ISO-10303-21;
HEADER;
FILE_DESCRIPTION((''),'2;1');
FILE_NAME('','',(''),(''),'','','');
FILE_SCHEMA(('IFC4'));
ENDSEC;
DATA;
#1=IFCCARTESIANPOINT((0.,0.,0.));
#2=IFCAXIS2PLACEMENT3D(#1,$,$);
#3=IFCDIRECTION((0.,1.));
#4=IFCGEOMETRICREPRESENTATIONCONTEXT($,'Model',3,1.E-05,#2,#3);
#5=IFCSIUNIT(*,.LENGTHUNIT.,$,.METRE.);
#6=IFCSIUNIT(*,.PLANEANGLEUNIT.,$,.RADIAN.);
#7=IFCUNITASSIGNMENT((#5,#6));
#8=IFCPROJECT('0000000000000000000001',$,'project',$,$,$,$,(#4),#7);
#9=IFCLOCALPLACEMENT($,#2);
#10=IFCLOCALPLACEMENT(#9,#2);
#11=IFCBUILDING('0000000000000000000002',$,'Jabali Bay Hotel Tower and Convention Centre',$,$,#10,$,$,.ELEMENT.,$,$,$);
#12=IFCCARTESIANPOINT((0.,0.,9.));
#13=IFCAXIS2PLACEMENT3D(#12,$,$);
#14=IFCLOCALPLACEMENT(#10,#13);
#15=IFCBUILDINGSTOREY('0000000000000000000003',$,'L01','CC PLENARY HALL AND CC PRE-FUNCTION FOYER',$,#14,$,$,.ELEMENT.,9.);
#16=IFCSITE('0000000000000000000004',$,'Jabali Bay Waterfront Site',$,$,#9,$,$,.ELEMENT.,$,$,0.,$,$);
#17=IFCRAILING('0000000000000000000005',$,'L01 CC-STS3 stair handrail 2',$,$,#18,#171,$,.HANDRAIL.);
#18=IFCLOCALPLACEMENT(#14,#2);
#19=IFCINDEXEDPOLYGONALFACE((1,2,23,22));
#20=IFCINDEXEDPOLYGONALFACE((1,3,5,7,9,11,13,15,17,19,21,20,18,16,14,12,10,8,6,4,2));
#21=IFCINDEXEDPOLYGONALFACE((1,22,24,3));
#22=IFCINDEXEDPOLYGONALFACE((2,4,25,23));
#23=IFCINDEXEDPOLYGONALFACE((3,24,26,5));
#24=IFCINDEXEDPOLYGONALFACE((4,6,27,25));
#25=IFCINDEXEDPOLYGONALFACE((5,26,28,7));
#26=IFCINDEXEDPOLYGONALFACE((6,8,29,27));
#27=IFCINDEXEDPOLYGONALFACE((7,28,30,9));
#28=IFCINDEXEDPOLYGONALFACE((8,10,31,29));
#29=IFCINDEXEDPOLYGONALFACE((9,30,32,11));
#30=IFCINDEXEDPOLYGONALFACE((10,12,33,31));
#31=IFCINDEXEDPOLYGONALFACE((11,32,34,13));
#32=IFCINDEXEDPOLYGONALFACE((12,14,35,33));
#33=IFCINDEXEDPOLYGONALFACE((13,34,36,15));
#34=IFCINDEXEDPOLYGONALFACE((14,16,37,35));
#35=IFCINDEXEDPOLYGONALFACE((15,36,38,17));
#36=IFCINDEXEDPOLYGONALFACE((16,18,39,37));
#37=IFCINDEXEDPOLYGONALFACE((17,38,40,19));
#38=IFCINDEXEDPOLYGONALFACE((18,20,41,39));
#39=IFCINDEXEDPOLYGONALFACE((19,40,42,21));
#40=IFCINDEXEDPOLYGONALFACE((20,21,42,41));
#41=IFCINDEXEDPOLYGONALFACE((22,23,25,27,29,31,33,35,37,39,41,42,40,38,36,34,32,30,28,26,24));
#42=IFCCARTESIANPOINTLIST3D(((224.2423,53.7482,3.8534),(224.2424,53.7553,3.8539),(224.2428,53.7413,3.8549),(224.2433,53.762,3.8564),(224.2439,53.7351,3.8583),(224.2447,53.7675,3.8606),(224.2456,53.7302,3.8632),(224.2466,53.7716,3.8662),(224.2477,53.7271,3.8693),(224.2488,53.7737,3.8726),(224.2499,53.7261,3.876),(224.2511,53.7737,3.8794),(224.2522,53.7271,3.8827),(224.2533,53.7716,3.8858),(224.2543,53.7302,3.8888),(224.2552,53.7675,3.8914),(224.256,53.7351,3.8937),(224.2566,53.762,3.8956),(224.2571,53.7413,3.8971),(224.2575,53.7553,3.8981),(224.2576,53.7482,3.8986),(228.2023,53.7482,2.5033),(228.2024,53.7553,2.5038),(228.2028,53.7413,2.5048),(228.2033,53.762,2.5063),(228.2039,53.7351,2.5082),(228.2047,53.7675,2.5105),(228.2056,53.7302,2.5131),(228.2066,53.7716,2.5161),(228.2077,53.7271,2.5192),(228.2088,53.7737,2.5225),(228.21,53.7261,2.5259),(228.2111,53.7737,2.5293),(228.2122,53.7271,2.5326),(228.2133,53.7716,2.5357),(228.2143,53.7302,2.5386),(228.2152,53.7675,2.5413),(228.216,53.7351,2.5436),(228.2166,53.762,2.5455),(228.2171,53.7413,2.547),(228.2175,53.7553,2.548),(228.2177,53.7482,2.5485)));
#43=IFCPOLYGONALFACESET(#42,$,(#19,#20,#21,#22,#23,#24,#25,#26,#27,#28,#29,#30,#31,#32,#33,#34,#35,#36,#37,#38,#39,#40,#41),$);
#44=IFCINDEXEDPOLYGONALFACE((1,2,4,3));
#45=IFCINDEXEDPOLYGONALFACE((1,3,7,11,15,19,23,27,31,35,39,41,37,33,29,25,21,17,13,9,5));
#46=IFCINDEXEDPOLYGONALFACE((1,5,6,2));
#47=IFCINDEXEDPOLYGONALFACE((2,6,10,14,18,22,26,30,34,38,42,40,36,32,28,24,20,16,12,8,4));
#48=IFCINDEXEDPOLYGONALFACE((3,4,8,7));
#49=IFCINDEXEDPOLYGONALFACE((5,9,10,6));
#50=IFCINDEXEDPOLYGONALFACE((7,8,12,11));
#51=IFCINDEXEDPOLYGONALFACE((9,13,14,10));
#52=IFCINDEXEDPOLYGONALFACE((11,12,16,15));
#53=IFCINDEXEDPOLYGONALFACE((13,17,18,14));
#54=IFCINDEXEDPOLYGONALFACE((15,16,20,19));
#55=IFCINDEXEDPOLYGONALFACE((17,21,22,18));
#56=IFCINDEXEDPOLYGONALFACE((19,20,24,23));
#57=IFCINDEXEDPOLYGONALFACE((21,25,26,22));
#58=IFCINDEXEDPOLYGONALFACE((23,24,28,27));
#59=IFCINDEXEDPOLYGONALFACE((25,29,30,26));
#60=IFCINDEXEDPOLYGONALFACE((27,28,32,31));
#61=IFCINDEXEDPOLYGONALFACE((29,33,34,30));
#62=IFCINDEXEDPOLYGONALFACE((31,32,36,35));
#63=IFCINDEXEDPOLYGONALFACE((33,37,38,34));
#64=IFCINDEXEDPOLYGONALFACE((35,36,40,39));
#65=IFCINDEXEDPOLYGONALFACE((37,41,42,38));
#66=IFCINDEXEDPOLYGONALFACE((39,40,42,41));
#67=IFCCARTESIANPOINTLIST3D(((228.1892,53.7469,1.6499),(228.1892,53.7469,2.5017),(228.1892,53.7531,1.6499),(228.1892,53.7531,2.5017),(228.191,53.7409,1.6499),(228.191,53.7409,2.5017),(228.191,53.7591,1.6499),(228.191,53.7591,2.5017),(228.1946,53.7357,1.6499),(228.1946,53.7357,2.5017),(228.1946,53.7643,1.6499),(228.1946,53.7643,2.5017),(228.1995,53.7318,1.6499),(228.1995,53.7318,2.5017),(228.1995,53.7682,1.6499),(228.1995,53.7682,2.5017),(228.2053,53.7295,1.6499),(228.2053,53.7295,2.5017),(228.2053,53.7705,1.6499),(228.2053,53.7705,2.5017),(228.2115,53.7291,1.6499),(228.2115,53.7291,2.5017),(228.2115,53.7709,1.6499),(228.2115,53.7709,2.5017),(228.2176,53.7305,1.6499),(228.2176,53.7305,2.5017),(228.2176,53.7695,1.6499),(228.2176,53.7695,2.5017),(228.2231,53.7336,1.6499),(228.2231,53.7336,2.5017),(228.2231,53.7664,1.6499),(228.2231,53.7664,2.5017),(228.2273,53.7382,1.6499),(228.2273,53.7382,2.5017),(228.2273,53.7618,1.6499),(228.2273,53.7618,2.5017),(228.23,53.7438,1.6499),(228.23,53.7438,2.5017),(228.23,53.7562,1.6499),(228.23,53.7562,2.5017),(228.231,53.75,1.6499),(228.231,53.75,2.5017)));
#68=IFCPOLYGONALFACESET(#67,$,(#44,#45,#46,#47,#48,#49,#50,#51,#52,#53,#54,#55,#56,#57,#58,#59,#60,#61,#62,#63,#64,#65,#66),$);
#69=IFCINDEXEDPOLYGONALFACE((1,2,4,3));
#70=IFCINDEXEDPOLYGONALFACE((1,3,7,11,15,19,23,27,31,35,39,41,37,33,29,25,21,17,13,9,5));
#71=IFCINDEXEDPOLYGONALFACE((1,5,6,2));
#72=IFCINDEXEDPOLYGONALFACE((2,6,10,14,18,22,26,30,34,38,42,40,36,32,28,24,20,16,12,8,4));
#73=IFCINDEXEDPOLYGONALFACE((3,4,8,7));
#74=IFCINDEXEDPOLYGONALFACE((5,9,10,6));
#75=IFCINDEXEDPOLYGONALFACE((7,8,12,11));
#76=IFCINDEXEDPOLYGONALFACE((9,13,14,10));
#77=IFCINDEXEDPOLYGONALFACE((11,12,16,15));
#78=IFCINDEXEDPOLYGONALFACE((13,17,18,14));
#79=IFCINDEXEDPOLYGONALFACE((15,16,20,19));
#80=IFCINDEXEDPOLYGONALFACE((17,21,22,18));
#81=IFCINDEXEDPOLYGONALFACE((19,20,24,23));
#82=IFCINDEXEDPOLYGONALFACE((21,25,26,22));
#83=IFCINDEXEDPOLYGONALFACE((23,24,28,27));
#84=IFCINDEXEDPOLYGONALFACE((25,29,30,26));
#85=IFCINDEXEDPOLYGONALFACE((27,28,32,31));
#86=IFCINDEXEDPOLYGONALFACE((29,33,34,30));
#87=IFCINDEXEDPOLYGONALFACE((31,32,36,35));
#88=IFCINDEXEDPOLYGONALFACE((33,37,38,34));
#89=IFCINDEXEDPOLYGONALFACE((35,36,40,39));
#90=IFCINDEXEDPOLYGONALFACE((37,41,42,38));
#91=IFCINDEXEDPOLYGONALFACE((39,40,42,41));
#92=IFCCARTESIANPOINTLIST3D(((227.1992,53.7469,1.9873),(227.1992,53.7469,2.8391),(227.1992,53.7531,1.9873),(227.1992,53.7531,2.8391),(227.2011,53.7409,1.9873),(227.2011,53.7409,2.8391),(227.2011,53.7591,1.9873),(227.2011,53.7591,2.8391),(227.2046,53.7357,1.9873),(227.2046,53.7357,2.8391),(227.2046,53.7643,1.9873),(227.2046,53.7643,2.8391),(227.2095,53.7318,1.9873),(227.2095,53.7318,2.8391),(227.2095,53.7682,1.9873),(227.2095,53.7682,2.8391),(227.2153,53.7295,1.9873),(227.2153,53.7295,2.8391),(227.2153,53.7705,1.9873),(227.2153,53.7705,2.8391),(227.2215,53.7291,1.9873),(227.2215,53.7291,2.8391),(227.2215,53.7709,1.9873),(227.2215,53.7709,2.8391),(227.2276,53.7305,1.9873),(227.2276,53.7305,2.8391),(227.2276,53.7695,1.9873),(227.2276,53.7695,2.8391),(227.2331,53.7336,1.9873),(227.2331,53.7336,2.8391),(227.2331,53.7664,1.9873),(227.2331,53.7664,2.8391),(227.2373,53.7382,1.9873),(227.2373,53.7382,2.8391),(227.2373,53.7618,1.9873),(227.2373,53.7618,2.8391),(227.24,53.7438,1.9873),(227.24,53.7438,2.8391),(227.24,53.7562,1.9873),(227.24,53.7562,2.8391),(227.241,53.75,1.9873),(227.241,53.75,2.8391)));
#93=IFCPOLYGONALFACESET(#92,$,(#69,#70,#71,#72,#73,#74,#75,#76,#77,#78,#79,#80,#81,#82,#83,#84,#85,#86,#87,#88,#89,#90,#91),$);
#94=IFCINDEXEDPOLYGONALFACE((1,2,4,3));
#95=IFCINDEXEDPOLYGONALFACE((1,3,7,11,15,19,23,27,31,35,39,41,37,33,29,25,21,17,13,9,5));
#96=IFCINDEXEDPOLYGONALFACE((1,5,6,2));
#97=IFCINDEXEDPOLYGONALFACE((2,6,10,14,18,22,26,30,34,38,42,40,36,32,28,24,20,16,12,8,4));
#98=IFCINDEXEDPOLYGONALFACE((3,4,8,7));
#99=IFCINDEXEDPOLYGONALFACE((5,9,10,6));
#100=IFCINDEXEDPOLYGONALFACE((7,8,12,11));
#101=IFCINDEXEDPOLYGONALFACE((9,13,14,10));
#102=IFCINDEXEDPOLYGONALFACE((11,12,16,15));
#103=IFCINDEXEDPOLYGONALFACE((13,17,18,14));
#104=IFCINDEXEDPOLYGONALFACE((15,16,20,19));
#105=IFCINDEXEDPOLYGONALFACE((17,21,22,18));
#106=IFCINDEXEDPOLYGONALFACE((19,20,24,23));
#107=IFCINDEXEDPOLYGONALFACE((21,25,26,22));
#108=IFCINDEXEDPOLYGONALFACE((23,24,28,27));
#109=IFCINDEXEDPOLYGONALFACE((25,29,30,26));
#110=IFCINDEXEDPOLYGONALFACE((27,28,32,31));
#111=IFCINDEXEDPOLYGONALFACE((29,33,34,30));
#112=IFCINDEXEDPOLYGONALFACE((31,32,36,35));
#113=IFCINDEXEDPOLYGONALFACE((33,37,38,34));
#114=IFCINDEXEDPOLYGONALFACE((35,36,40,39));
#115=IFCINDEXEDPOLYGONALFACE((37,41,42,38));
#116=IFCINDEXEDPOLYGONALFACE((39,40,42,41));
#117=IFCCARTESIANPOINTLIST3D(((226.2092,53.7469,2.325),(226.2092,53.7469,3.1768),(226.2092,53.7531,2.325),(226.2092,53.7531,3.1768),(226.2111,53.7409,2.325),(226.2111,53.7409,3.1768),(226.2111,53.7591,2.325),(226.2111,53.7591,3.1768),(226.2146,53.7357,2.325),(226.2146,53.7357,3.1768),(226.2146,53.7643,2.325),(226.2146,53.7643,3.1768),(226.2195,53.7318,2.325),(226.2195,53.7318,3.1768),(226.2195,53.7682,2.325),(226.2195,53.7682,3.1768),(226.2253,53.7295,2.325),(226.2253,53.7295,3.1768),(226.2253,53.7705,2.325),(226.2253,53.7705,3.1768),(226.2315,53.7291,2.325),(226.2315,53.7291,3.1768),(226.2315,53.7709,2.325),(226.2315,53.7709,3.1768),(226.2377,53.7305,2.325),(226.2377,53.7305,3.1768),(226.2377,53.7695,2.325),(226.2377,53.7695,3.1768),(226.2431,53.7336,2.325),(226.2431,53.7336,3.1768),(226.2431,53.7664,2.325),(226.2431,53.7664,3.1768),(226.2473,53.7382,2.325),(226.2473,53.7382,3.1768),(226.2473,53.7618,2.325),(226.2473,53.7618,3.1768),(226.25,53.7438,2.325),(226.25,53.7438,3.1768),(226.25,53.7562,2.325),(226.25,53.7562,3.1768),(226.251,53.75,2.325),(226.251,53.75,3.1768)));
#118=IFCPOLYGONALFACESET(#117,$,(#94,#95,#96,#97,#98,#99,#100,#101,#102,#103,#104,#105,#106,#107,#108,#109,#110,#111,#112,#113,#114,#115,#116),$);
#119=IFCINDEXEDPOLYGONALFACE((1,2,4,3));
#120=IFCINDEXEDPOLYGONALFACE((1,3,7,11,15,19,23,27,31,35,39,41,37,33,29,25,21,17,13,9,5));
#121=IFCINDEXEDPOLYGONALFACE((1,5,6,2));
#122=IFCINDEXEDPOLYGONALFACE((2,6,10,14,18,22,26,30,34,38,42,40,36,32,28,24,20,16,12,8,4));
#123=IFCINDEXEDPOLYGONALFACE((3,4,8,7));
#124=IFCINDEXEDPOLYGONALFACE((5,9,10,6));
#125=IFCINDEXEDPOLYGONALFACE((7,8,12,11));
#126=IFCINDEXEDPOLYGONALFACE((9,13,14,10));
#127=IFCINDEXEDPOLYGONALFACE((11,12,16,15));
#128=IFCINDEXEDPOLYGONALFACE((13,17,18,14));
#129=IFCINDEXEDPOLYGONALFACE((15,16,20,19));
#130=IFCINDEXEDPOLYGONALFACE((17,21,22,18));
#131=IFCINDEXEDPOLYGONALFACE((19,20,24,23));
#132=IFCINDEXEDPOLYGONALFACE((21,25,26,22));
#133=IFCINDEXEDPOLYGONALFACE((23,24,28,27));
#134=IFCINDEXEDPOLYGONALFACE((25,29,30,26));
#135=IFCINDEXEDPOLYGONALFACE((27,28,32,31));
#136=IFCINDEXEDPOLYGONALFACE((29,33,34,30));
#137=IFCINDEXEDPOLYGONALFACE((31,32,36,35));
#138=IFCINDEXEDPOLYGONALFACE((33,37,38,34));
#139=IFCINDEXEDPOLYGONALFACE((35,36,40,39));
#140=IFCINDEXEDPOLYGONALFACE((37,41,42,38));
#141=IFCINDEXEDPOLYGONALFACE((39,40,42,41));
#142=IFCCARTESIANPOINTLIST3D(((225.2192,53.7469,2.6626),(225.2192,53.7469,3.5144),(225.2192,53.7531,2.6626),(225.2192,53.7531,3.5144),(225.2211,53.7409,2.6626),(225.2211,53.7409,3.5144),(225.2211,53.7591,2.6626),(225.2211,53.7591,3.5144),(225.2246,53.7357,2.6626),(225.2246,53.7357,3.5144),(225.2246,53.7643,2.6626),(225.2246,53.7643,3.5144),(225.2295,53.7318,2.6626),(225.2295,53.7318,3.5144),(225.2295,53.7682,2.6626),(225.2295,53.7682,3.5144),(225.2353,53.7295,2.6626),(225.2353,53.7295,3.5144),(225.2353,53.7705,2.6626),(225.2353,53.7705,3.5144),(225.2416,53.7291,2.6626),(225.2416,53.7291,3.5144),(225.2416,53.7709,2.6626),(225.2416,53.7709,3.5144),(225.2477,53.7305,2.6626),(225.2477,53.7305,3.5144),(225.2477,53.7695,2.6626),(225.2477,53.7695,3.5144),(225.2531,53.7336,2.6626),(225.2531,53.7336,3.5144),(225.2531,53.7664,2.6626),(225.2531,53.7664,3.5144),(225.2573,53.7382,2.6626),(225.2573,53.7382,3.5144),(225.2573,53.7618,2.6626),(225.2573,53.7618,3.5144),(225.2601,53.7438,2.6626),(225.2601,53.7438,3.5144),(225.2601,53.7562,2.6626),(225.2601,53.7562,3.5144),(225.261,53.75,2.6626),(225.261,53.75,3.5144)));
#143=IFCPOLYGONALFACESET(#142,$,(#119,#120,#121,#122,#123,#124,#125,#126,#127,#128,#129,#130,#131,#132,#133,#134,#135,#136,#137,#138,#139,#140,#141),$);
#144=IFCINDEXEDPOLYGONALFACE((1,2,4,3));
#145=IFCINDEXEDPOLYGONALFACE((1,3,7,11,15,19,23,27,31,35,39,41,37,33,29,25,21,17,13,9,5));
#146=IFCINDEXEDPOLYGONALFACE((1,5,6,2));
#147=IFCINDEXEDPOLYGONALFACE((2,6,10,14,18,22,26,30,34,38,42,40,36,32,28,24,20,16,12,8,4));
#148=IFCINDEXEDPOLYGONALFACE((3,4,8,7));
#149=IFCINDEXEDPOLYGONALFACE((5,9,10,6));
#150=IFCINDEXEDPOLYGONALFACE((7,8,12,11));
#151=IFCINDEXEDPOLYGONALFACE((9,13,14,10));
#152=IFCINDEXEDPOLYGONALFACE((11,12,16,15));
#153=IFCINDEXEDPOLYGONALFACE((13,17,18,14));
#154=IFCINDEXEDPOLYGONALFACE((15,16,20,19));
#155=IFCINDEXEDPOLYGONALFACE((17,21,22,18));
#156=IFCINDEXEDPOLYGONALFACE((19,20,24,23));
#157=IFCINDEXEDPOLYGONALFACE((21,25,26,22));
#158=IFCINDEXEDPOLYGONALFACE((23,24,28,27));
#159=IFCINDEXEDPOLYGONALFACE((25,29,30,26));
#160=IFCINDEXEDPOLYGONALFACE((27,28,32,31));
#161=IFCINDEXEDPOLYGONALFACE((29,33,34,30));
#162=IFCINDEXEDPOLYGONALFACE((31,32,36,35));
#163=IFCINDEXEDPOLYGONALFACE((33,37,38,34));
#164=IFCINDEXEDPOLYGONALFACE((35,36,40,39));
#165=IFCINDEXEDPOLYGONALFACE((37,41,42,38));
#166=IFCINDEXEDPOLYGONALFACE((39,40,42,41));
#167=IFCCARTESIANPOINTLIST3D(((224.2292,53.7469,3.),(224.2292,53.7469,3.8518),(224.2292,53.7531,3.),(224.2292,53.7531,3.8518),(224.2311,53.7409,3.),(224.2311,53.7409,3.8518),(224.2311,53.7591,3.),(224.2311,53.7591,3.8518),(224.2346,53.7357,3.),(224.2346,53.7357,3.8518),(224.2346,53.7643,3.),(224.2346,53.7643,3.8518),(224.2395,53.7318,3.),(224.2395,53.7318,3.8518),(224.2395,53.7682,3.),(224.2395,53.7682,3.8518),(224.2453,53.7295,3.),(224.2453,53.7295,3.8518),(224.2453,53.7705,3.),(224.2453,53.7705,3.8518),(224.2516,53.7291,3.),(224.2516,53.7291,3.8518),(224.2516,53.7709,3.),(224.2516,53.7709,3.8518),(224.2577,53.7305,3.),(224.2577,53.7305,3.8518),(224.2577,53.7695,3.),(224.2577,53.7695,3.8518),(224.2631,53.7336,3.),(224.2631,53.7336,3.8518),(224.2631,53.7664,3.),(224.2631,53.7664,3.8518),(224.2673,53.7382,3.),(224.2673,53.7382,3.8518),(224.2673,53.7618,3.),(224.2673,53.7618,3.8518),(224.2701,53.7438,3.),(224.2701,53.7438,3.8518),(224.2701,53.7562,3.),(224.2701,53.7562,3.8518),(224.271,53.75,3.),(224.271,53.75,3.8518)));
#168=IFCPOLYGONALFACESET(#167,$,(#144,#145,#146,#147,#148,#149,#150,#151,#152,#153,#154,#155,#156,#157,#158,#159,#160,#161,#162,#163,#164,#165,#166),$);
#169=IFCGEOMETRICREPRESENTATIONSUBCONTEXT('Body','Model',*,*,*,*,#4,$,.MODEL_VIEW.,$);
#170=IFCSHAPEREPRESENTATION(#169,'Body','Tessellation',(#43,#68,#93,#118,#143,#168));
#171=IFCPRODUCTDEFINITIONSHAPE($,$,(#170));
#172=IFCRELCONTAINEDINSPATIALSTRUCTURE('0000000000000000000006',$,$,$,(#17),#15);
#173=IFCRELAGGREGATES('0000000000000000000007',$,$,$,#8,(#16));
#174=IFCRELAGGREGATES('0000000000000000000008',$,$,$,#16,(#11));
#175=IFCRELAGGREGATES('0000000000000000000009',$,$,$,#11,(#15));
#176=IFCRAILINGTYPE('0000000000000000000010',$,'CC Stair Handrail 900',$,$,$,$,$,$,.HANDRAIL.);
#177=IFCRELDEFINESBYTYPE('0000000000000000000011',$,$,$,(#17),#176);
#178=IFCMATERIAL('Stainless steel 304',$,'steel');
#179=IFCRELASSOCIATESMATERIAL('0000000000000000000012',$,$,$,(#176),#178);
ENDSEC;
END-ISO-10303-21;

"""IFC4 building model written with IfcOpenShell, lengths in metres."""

from ifc_helpers import new_model, si_unit, direction, frame, origin, origin_2d, place, context, subcontext, project, spatial, circle, extrude, material, type_object, element, save


model = new_model("IFC4")

# Units and contexts
model_context = context("Model", 3, precision=1e-05, world=origin(), true_north=direction((0.0, 1.0)))
body_context = subcontext(model_context, "Body", "Model", "MODEL_VIEW")
ifc_project = project(units=[si_unit("LENGTHUNIT", "METRE"), si_unit("PLANEANGLEUNIT", "RADIAN")], contexts=[model_context])

# Site, building, storey
site_placement = place(None, origin())
site = spatial("IfcSite", under=ifc_project, at=site_placement, Name="Jabali Bay Waterfront Site", CompositionType="ELEMENT", RefElevation=0.0)
building_placement = place(site_placement, origin())
building = spatial("IfcBuilding", under=site, at=building_placement, Name="Jabali Bay Hotel Tower and Convention Centre", CompositionType="ELEMENT")
storey_placement = place(building_placement, frame((0.0, 0.0, 9.0)))
storey = spatial("IfcBuildingStorey", under=building, at=storey_placement, Name="L01", Description="CC PLENARY HALL AND CC PRE-FUNCTION FOYER", CompositionType="ELEMENT", Elevation=9.0)

# Railing
ifc_material_1 = material(Name="Stainless steel 304", Category="steel")
railing_type_1 = type_object("IfcRailingType", Name="CC Stair Handrail 900", PredefinedType="HANDRAIL", material=ifc_material_1)
railing_1_placement = place(storey_placement, frame((228.21, 53.75, 1.6499)))
element("IfcRailing", 1, at=railing_1_placement, inside=storey, type_object=railing_type_1, Name="L01 CC-STS3 stair handrail 2", PredefinedType="HANDRAIL", context=body_context, shape_type="SweptSolid", body=[
    extrude(circle(Radius=0.0239, at=origin_2d()), frame((0.0, 0.0, 0.876), z_axis=(-0.946502, 0.0, 0.322698), x_axis=(0.0, -1.0, 0.0)), (0.0, 0.0, 1.0), 4.1838),
    extrude(circle(Radius=0.021, at=origin_2d()), origin(), (0.0, 0.0, 1.0), 0.8518),
    extrude(circle(Radius=0.021, at=origin_2d()), frame((-0.99, 0.0, 0.3374)), (0.0, 0.0, 1.0), 0.8518),
    extrude(circle(Radius=0.021, at=origin_2d()), frame((-1.98, 0.0, 0.675)), (0.0, 0.0, 1.0), 0.8518),
    extrude(circle(Radius=0.021, at=origin_2d()), frame((-2.97, 0.0, 1.0127)), (0.0, 0.0, 1.0), 0.8518),
    extrude(circle(Radius=0.021, at=origin_2d()), frame((-3.96, 0.0, 1.3501)), (0.0, 0.0, 1.0), 0.8518),
])

save(model, "model.ifc")
